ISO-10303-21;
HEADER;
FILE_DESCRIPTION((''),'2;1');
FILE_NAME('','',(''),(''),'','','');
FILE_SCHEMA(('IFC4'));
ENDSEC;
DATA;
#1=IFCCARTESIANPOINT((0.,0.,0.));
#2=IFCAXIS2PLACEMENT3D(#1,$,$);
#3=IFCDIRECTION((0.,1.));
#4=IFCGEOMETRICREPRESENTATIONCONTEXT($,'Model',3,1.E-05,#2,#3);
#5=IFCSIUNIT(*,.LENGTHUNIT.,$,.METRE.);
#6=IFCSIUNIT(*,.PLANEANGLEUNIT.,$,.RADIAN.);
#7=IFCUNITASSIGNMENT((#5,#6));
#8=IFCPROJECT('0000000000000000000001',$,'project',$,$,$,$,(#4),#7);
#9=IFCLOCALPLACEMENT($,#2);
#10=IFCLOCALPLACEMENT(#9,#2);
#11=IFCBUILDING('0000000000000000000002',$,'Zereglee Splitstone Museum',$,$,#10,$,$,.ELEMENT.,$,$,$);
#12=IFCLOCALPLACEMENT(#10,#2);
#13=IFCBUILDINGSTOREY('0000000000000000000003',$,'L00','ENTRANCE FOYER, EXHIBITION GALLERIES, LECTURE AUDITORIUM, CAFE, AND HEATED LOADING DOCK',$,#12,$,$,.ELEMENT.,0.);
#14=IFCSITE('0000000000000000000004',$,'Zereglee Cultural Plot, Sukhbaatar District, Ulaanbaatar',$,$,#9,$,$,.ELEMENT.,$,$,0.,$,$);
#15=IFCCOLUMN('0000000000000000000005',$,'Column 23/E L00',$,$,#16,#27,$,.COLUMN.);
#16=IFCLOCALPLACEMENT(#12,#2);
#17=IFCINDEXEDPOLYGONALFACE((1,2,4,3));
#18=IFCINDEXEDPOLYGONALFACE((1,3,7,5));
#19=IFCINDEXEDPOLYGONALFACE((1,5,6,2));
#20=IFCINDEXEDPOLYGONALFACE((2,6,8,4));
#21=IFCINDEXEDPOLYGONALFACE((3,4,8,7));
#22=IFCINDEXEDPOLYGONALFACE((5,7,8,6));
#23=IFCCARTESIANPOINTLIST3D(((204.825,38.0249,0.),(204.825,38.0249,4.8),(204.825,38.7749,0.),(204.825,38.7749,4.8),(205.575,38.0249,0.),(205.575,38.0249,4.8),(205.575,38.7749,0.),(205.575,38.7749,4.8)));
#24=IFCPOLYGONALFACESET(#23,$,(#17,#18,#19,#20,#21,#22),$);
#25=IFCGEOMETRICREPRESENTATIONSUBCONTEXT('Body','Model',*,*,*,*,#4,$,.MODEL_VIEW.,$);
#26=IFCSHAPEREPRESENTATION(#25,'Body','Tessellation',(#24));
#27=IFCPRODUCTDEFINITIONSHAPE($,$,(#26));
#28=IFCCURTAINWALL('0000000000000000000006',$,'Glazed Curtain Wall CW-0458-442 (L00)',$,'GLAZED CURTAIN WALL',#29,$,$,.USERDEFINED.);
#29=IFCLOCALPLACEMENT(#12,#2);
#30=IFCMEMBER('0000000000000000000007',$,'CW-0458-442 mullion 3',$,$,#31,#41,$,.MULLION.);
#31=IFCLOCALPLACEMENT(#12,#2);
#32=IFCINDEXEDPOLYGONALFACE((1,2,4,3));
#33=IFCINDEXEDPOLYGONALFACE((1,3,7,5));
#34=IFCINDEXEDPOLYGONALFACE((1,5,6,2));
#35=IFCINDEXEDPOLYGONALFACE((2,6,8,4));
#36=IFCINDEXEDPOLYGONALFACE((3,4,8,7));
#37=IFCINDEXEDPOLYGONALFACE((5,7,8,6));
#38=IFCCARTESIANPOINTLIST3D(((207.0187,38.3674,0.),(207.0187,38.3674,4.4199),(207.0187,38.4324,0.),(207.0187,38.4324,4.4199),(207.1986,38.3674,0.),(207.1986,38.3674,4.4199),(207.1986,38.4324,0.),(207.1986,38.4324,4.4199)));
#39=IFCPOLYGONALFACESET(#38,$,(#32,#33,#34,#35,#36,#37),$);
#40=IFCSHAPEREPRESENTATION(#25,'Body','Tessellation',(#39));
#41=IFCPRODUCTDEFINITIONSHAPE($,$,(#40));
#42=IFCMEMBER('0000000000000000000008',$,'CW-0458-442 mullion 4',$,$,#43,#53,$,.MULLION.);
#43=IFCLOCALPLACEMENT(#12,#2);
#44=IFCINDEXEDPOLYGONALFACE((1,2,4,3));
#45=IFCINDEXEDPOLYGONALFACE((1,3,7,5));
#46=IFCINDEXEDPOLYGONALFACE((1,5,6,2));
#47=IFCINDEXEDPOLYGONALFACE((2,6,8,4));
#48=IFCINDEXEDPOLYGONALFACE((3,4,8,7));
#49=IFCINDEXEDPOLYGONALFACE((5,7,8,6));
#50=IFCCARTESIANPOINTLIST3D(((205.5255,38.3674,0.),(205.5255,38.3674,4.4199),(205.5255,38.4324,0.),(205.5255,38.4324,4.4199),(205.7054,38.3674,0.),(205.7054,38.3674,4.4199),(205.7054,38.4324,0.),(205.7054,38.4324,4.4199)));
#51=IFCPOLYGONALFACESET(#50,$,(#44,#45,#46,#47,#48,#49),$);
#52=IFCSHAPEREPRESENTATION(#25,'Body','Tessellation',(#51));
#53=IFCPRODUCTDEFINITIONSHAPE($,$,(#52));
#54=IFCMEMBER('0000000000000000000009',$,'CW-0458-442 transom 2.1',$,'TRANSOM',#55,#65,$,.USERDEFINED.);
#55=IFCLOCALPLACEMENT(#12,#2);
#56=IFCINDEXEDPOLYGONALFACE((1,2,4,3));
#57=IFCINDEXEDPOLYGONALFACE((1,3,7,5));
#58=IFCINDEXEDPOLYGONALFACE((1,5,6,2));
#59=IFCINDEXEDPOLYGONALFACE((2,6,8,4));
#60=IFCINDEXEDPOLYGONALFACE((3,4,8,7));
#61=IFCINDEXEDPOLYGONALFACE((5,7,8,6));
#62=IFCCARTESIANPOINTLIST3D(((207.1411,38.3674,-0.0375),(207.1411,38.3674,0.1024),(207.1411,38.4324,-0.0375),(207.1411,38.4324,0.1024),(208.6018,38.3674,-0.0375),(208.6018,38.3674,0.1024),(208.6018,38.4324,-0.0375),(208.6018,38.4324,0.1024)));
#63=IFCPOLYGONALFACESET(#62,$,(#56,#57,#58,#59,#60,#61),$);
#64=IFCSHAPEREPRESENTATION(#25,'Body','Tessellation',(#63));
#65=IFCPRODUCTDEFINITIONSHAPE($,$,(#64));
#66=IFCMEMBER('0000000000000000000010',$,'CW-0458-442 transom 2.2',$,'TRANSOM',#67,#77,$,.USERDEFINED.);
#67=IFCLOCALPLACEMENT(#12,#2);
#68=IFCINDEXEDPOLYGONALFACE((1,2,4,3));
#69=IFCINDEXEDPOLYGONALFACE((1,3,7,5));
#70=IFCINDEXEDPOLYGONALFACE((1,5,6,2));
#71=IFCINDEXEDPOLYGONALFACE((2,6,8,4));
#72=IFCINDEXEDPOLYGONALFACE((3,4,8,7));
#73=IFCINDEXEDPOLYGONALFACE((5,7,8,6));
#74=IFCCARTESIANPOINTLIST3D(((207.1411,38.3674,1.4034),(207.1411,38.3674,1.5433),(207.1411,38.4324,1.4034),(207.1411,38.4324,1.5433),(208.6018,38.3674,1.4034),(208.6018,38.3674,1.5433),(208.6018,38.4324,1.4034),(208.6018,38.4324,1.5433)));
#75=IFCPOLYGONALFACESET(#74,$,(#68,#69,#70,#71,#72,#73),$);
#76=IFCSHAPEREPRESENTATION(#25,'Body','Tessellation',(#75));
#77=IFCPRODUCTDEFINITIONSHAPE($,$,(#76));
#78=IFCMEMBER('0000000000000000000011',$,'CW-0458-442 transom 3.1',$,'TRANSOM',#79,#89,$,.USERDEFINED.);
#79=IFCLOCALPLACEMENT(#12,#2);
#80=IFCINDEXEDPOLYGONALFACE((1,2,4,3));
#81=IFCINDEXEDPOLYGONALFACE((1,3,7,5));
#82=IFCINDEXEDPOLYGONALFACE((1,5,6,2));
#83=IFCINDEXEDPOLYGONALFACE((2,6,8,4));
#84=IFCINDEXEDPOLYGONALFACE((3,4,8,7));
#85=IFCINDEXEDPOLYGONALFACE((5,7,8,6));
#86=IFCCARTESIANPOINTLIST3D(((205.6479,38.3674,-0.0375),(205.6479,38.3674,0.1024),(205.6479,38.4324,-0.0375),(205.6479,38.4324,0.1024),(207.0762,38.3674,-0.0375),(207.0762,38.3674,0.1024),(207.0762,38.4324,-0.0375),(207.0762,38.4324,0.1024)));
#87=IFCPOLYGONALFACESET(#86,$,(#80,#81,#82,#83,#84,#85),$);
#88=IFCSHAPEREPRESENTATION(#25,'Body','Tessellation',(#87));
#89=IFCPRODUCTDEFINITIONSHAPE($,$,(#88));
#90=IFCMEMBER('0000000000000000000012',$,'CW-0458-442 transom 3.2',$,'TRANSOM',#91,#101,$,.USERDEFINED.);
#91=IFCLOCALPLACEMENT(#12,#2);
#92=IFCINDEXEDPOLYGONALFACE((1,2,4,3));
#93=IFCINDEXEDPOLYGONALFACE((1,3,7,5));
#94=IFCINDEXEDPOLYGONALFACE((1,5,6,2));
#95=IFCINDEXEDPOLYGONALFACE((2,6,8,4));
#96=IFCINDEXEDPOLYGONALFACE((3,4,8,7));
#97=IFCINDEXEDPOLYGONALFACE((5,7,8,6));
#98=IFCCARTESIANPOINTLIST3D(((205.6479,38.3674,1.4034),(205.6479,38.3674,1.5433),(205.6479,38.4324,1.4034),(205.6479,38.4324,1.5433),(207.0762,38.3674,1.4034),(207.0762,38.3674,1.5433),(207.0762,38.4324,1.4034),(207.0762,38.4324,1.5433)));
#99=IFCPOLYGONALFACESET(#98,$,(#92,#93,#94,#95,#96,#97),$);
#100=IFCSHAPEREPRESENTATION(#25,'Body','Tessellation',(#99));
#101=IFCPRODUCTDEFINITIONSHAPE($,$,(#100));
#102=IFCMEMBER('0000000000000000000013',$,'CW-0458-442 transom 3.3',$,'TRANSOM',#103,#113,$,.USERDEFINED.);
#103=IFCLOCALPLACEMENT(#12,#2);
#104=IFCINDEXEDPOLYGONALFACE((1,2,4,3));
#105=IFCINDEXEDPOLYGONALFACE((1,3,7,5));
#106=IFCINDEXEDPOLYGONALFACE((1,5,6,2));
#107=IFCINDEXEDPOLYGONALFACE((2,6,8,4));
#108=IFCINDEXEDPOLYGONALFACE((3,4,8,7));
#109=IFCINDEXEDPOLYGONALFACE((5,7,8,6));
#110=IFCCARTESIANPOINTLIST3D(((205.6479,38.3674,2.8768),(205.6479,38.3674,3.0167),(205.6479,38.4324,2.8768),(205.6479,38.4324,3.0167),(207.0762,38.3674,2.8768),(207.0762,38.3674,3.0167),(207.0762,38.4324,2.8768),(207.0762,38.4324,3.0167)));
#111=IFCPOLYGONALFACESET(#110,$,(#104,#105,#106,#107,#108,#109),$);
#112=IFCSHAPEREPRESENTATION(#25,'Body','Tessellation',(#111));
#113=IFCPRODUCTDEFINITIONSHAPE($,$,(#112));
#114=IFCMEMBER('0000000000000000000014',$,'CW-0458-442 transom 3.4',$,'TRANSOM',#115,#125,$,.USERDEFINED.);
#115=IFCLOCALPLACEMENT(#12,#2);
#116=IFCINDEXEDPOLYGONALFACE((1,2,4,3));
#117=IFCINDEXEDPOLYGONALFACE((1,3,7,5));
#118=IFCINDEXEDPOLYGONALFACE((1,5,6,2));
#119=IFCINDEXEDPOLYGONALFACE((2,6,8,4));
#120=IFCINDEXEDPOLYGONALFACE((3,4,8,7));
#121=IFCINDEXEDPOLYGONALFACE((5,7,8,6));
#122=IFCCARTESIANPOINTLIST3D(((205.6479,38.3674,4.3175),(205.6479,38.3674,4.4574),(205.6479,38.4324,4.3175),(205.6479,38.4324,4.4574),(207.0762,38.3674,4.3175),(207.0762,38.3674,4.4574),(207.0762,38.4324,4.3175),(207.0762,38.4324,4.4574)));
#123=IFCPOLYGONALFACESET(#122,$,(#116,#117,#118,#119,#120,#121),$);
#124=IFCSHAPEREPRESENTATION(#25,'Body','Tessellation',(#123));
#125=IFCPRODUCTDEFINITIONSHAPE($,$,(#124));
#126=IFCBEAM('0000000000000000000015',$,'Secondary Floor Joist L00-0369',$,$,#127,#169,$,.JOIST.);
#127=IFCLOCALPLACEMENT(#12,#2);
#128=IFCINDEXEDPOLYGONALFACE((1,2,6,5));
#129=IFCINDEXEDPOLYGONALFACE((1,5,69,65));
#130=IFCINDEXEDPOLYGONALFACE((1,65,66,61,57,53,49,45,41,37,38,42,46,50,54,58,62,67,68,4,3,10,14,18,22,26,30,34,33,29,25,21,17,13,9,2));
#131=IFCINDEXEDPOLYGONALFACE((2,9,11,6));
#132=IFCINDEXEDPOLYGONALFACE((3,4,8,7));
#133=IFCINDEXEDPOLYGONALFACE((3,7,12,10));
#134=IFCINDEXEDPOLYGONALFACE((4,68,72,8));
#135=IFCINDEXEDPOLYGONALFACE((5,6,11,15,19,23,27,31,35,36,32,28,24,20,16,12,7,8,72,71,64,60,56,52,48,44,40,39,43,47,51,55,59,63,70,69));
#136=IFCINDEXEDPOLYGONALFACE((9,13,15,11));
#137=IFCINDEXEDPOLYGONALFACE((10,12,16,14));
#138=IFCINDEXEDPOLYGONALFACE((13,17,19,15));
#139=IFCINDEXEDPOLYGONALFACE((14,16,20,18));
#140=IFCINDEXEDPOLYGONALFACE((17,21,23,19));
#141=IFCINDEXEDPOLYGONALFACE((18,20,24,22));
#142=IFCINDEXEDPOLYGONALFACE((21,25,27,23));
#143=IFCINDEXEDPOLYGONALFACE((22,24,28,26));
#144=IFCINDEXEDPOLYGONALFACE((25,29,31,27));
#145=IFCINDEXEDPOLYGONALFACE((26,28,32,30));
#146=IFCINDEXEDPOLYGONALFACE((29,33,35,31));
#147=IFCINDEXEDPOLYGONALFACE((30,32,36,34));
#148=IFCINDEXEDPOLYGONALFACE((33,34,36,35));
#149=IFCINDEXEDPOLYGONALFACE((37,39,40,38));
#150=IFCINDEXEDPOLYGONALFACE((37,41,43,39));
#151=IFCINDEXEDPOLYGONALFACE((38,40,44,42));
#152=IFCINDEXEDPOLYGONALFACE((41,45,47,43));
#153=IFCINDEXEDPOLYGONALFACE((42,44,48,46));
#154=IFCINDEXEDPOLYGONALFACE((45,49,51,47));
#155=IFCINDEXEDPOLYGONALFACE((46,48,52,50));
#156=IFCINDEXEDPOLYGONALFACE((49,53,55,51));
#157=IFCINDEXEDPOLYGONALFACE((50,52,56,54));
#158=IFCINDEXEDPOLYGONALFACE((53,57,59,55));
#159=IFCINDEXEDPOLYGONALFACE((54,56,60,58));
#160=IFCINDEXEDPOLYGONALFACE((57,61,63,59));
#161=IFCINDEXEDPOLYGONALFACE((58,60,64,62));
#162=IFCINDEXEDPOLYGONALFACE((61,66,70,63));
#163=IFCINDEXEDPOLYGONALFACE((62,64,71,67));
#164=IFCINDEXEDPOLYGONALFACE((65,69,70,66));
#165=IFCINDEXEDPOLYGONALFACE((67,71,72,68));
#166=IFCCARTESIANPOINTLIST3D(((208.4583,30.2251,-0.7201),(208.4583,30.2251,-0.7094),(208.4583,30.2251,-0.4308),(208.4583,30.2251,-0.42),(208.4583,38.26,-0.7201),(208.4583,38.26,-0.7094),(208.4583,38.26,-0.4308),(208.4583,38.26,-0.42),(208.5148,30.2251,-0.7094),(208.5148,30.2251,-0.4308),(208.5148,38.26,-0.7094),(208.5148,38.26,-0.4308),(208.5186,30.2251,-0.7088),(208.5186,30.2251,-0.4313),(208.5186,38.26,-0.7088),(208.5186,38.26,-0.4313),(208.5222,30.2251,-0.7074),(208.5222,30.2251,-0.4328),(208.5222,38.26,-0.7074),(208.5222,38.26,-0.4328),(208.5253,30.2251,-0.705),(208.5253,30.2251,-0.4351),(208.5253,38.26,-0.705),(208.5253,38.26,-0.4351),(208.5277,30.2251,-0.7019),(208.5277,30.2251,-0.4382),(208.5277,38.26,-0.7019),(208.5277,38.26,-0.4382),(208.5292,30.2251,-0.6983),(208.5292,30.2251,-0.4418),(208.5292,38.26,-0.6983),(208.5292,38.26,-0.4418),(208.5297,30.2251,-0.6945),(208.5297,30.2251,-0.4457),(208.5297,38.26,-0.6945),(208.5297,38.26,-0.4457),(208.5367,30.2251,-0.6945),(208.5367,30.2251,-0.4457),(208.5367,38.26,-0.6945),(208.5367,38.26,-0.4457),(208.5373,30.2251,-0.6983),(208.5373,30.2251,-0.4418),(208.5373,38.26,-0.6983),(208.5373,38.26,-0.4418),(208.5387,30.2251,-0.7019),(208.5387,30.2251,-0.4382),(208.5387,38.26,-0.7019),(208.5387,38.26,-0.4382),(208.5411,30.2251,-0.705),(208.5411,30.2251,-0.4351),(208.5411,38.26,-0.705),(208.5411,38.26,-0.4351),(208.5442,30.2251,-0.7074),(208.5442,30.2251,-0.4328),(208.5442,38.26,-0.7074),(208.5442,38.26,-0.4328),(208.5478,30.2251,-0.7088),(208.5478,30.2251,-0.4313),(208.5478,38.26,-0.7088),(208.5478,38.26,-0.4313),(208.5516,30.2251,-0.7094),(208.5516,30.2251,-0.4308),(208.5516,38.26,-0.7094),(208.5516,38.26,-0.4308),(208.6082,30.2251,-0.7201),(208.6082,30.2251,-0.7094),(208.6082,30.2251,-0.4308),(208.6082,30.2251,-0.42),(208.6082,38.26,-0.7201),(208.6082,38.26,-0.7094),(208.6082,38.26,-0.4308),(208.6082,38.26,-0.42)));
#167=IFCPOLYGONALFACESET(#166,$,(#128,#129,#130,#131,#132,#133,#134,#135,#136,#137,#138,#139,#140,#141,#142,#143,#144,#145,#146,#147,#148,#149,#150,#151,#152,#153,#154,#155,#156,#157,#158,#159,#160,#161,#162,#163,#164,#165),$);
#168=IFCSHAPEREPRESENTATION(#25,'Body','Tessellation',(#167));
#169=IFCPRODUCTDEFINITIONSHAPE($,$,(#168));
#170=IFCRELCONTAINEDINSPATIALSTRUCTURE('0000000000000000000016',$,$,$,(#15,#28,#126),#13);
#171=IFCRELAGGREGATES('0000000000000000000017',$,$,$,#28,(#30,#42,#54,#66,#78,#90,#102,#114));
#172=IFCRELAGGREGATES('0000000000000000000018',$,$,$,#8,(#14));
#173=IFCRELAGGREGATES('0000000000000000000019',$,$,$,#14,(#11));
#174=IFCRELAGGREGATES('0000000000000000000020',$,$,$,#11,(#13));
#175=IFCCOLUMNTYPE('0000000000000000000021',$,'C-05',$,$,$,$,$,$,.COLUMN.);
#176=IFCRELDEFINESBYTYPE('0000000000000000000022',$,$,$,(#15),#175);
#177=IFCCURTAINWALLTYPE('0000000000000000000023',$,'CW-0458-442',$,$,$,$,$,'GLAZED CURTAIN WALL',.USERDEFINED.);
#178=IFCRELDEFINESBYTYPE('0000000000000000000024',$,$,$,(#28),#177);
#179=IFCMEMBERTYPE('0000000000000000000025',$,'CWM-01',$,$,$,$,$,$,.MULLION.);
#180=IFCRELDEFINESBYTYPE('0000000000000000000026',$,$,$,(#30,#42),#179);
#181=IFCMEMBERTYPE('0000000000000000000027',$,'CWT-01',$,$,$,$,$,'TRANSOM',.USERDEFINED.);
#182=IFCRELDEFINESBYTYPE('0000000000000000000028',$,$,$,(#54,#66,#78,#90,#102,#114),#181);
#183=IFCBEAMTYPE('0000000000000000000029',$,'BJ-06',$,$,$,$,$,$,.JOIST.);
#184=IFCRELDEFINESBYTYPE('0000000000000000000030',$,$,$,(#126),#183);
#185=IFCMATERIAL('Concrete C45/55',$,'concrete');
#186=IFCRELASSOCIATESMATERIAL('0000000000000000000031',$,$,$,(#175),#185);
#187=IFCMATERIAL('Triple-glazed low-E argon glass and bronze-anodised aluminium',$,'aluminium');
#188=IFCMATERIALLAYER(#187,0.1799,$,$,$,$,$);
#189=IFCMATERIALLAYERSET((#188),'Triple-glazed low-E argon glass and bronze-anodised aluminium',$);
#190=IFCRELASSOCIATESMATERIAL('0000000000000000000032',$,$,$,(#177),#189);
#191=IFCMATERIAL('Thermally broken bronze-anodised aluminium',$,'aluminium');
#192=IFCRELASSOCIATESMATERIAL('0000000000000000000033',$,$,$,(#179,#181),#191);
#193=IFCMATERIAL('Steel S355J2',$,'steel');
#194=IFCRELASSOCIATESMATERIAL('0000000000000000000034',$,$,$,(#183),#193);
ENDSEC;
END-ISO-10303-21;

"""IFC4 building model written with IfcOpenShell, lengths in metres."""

from ifc_helpers import new_model, si_unit, direction, frame, origin, origin_2d, place, context, subcontext, project, spatial, rectangle, i_section, extrude, material, layer, layer_set, material_profile, profile_set, type_object, element, aggregate, save


model = new_model("IFC4")

# Units and contexts
model_context = context("Model", 3, precision=1e-05, world=origin(), true_north=direction((0.0, 1.0)))
body_context = subcontext(model_context, "Body", "Model", "MODEL_VIEW")
ifc_project = project(units=[si_unit("LENGTHUNIT", "METRE"), si_unit("PLANEANGLEUNIT", "RADIAN")], contexts=[model_context])

# Site, building, storey
site_placement = place(None, origin())
site = spatial("IfcSite", under=ifc_project, at=site_placement, Name="Zereglee Cultural Plot, Sukhbaatar District, Ulaanbaatar", CompositionType="ELEMENT", RefElevation=0.0)
building_placement = place(site_placement, origin())
building = spatial("IfcBuilding", under=site, at=building_placement, Name="Zereglee Splitstone Museum", CompositionType="ELEMENT")
storey_placement = place(building_placement, origin())
storey = spatial("IfcBuildingStorey", under=building, at=storey_placement, Name="L00", Description="ENTRANCE FOYER, EXHIBITION GALLERIES, LECTURE AUDITORIUM, CAFE, AND HEATED LOADING DOCK", CompositionType="ELEMENT", Elevation=0.0)

# Column
ifc_material_1 = material(Name="Concrete C45/55", Category="concrete")
ifc_material_profile_1 = material_profile(ifc_material_1, rectangle(XDim=0.75, YDim=0.75, at=origin_2d()), Name="RC 750x750")
ifc_profile_set_1 = profile_set([ifc_material_profile_1], Name="Concrete C45/55")
column_type = type_object("IfcColumnType", Name="C-05", PredefinedType="COLUMN", material=ifc_profile_set_1)
column_placement = place(storey_placement, frame((205.2, 38.3999, 0.0), z_axis=(0.0, 0.0, 1.0), x_axis=(1.0, 0.0, 0.0)))
element("IfcColumn", 1, at=column_placement, inside=storey, type_object=column_type, Name="Column 23/E L00", PredefinedType="COLUMN", context=body_context, shape_type="SweptSolid", body=[
    extrude(rectangle(XDim=0.75, YDim=0.75, at=origin_2d()), origin(), (0.0, 0.0, 1.0), 4.8),
])

# Curtain wall, members
ifc_material_2 = material(Name="Triple-glazed low-E argon glass and bronze-anodised aluminium", Category="aluminium")
ifc_layer_1 = layer(ifc_material_2, 0.1799)
ifc_layer_set_1 = layer_set([ifc_layer_1], Name="Triple-glazed low-E argon glass and bronze-anodised aluminium")
curtain_wall_type = type_object("IfcCurtainWallType", Name="CW-0458-442", ElementType="GLAZED CURTAIN WALL", PredefinedType="USERDEFINED", material=ifc_layer_set_1)
curtain_wall_placement = place(storey_placement, origin())
curtain_wall = element("IfcCurtainWall", 2, at=curtain_wall_placement, inside=storey, type_object=curtain_wall_type, Name="Glazed Curtain Wall CW-0458-442 (L00)", ObjectType="GLAZED CURTAIN WALL", PredefinedType="USERDEFINED")
ifc_material_3 = material(Name="Thermally broken bronze-anodised aluminium", Category="aluminium")
ifc_material_profile_2 = material_profile(ifc_material_3, rectangle(XDim=0.0649, YDim=0.1799, at=origin_2d()), Name="CW MULL 65x180")
ifc_profile_set_2 = profile_set([ifc_material_profile_2], Name="Thermally broken bronze-anodised aluminium")
member_type_1 = type_object("IfcMemberType", Name="CWM-01", PredefinedType="MULLION", material=ifc_profile_set_2)
member_1_placement = place(storey_placement, frame((207.1086, 38.3999, 0.0), z_axis=(0.0, 0.0, 1.0), x_axis=(0.0, -1.0, 0.0)))
member_1 = element("IfcMember", 3, at=member_1_placement, type_object=member_type_1, Name="CW-0458-442 mullion 3", PredefinedType="MULLION", context=body_context, shape_type="SweptSolid", body=[
    extrude(rectangle(XDim=0.0649, YDim=0.1799, at=origin_2d()), origin(), (0.0, 0.0, 1.0), 4.4199),
])
member_2_placement = place(storey_placement, frame((205.6155, 38.3999, 0.0), z_axis=(0.0, 0.0, 1.0), x_axis=(0.0, -1.0, 0.0)))
member_2 = element("IfcMember", 4, at=member_2_placement, type_object=member_type_1, Name="CW-0458-442 mullion 4", PredefinedType="MULLION", context=body_context, shape_type="SweptSolid", body=[
    extrude(rectangle(XDim=0.0649, YDim=0.1799, at=origin_2d()), origin(), (0.0, 0.0, 1.0), 4.4199),
])
ifc_material_profile_3 = material_profile(ifc_material_3, rectangle(XDim=0.0649, YDim=0.1399, at=origin_2d()), Name="CW TRAN 65x140")
ifc_profile_set_3 = profile_set([ifc_material_profile_3], Name="Thermally broken bronze-anodised aluminium")
member_type_2 = type_object("IfcMemberType", Name="CWT-01", ElementType="TRANSOM", PredefinedType="USERDEFINED", material=ifc_profile_set_3)
member_3_placement = place(storey_placement, frame((208.6018, 38.3999, 0.0325), z_axis=(-1.0, 0.0, 0.0), x_axis=(0.0, -1.0, 0.0)))
member_3 = element("IfcMember", 5, at=member_3_placement, type_object=member_type_2, Name="CW-0458-442 transom 2.1", ObjectType="TRANSOM", PredefinedType="USERDEFINED", context=body_context, shape_type="SweptSolid", body=[
    extrude(rectangle(XDim=0.0649, YDim=0.1399, at=origin_2d()), origin(), (0.0, 0.0, 1.0), 1.4607),
])
member_4_placement = place(storey_placement, frame((208.6018, 38.3999, 1.4734), z_axis=(-1.0, 0.0, 0.0), x_axis=(0.0, -1.0, 0.0)))
member_4 = element("IfcMember", 6, at=member_4_placement, type_object=member_type_2, Name="CW-0458-442 transom 2.2", ObjectType="TRANSOM", PredefinedType="USERDEFINED", context=body_context, shape_type="SweptSolid", body=[
    extrude(rectangle(XDim=0.0649, YDim=0.1399, at=origin_2d()), origin(), (0.0, 0.0, 1.0), 1.4607),
])
member_5_placement = place(storey_placement, frame((207.0762, 38.3999, 0.0325), z_axis=(-1.0, 0.0, 0.0), x_axis=(0.0, -1.0, 0.0)))
member_5 = element("IfcMember", 7, at=member_5_placement, type_object=member_type_2, Name="CW-0458-442 transom 3.1", ObjectType="TRANSOM", PredefinedType="USERDEFINED", context=body_context, shape_type="SweptSolid", body=[
    extrude(rectangle(XDim=0.0649, YDim=0.1399, at=origin_2d()), origin(), (0.0, 0.0, 1.0), 1.4282),
])
member_6_placement = place(storey_placement, frame((207.0762, 38.3999, 1.4734), z_axis=(-1.0, 0.0, 0.0), x_axis=(0.0, -1.0, 0.0)))
member_6 = element("IfcMember", 8, at=member_6_placement, type_object=member_type_2, Name="CW-0458-442 transom 3.2", ObjectType="TRANSOM", PredefinedType="USERDEFINED", context=body_context, shape_type="SweptSolid", body=[
    extrude(rectangle(XDim=0.0649, YDim=0.1399, at=origin_2d()), origin(), (0.0, 0.0, 1.0), 1.4282),
])
member_7_placement = place(storey_placement, frame((207.0762, 38.3999, 2.9468), z_axis=(-1.0, 0.0, 0.0), x_axis=(0.0, -1.0, 0.0)))
member_7 = element("IfcMember", 9, at=member_7_placement, type_object=member_type_2, Name="CW-0458-442 transom 3.3", ObjectType="TRANSOM", PredefinedType="USERDEFINED", context=body_context, shape_type="SweptSolid", body=[
    extrude(rectangle(XDim=0.0649, YDim=0.1399, at=origin_2d()), origin(), (0.0, 0.0, 1.0), 1.4282),
])
member_8_placement = place(storey_placement, frame((207.0762, 38.3999, 4.3875), z_axis=(-1.0, 0.0, 0.0), x_axis=(0.0, -1.0, 0.0)))
member_8 = element("IfcMember", 10, at=member_8_placement, type_object=member_type_2, Name="CW-0458-442 transom 3.4", ObjectType="TRANSOM", PredefinedType="USERDEFINED", context=body_context, shape_type="SweptSolid", body=[
    extrude(rectangle(XDim=0.0649, YDim=0.1399, at=origin_2d()), origin(), (0.0, 0.0, 1.0), 1.4282),
])

# Beam
ifc_material_4 = material(Name="Steel S355J2", Category="steel")
ifc_material_profile_4 = material_profile(ifc_material_4, i_section(OverallWidth=0.1499, OverallDepth=0.3, WebThickness=0.0071, FlangeThickness=0.0107, FilletRadius=0.0149, at=origin_2d()), Name="IPE 300")
ifc_profile_set_4 = profile_set([ifc_material_profile_4], Name="Steel S355J2")
beam_type_1 = type_object("IfcBeamType", Name="BJ-06", PredefinedType="JOIST", material=ifc_profile_set_4)
beam_1_placement = place(storey_placement, frame((208.5332, 30.2251, -0.5701), z_axis=(0.0, 1.0, 0.0), x_axis=(-1.0, 0.0, 0.0)))
element("IfcBeam", 11, at=beam_1_placement, inside=storey, type_object=beam_type_1, Name="Secondary Floor Joist L00-0369", PredefinedType="JOIST", context=body_context, shape_type="SweptSolid", body=[
    extrude(i_section(OverallWidth=0.1499, OverallDepth=0.3, WebThickness=0.0071, FlangeThickness=0.0107, FilletRadius=0.0149, at=origin_2d()), origin(), (0.0, 0.0, 1.0), 8.0349),
])

aggregate(curtain_wall, [member_1, member_2, member_3, member_4, member_5, member_6, member_7, member_8])

save(model, "model.ifc")
